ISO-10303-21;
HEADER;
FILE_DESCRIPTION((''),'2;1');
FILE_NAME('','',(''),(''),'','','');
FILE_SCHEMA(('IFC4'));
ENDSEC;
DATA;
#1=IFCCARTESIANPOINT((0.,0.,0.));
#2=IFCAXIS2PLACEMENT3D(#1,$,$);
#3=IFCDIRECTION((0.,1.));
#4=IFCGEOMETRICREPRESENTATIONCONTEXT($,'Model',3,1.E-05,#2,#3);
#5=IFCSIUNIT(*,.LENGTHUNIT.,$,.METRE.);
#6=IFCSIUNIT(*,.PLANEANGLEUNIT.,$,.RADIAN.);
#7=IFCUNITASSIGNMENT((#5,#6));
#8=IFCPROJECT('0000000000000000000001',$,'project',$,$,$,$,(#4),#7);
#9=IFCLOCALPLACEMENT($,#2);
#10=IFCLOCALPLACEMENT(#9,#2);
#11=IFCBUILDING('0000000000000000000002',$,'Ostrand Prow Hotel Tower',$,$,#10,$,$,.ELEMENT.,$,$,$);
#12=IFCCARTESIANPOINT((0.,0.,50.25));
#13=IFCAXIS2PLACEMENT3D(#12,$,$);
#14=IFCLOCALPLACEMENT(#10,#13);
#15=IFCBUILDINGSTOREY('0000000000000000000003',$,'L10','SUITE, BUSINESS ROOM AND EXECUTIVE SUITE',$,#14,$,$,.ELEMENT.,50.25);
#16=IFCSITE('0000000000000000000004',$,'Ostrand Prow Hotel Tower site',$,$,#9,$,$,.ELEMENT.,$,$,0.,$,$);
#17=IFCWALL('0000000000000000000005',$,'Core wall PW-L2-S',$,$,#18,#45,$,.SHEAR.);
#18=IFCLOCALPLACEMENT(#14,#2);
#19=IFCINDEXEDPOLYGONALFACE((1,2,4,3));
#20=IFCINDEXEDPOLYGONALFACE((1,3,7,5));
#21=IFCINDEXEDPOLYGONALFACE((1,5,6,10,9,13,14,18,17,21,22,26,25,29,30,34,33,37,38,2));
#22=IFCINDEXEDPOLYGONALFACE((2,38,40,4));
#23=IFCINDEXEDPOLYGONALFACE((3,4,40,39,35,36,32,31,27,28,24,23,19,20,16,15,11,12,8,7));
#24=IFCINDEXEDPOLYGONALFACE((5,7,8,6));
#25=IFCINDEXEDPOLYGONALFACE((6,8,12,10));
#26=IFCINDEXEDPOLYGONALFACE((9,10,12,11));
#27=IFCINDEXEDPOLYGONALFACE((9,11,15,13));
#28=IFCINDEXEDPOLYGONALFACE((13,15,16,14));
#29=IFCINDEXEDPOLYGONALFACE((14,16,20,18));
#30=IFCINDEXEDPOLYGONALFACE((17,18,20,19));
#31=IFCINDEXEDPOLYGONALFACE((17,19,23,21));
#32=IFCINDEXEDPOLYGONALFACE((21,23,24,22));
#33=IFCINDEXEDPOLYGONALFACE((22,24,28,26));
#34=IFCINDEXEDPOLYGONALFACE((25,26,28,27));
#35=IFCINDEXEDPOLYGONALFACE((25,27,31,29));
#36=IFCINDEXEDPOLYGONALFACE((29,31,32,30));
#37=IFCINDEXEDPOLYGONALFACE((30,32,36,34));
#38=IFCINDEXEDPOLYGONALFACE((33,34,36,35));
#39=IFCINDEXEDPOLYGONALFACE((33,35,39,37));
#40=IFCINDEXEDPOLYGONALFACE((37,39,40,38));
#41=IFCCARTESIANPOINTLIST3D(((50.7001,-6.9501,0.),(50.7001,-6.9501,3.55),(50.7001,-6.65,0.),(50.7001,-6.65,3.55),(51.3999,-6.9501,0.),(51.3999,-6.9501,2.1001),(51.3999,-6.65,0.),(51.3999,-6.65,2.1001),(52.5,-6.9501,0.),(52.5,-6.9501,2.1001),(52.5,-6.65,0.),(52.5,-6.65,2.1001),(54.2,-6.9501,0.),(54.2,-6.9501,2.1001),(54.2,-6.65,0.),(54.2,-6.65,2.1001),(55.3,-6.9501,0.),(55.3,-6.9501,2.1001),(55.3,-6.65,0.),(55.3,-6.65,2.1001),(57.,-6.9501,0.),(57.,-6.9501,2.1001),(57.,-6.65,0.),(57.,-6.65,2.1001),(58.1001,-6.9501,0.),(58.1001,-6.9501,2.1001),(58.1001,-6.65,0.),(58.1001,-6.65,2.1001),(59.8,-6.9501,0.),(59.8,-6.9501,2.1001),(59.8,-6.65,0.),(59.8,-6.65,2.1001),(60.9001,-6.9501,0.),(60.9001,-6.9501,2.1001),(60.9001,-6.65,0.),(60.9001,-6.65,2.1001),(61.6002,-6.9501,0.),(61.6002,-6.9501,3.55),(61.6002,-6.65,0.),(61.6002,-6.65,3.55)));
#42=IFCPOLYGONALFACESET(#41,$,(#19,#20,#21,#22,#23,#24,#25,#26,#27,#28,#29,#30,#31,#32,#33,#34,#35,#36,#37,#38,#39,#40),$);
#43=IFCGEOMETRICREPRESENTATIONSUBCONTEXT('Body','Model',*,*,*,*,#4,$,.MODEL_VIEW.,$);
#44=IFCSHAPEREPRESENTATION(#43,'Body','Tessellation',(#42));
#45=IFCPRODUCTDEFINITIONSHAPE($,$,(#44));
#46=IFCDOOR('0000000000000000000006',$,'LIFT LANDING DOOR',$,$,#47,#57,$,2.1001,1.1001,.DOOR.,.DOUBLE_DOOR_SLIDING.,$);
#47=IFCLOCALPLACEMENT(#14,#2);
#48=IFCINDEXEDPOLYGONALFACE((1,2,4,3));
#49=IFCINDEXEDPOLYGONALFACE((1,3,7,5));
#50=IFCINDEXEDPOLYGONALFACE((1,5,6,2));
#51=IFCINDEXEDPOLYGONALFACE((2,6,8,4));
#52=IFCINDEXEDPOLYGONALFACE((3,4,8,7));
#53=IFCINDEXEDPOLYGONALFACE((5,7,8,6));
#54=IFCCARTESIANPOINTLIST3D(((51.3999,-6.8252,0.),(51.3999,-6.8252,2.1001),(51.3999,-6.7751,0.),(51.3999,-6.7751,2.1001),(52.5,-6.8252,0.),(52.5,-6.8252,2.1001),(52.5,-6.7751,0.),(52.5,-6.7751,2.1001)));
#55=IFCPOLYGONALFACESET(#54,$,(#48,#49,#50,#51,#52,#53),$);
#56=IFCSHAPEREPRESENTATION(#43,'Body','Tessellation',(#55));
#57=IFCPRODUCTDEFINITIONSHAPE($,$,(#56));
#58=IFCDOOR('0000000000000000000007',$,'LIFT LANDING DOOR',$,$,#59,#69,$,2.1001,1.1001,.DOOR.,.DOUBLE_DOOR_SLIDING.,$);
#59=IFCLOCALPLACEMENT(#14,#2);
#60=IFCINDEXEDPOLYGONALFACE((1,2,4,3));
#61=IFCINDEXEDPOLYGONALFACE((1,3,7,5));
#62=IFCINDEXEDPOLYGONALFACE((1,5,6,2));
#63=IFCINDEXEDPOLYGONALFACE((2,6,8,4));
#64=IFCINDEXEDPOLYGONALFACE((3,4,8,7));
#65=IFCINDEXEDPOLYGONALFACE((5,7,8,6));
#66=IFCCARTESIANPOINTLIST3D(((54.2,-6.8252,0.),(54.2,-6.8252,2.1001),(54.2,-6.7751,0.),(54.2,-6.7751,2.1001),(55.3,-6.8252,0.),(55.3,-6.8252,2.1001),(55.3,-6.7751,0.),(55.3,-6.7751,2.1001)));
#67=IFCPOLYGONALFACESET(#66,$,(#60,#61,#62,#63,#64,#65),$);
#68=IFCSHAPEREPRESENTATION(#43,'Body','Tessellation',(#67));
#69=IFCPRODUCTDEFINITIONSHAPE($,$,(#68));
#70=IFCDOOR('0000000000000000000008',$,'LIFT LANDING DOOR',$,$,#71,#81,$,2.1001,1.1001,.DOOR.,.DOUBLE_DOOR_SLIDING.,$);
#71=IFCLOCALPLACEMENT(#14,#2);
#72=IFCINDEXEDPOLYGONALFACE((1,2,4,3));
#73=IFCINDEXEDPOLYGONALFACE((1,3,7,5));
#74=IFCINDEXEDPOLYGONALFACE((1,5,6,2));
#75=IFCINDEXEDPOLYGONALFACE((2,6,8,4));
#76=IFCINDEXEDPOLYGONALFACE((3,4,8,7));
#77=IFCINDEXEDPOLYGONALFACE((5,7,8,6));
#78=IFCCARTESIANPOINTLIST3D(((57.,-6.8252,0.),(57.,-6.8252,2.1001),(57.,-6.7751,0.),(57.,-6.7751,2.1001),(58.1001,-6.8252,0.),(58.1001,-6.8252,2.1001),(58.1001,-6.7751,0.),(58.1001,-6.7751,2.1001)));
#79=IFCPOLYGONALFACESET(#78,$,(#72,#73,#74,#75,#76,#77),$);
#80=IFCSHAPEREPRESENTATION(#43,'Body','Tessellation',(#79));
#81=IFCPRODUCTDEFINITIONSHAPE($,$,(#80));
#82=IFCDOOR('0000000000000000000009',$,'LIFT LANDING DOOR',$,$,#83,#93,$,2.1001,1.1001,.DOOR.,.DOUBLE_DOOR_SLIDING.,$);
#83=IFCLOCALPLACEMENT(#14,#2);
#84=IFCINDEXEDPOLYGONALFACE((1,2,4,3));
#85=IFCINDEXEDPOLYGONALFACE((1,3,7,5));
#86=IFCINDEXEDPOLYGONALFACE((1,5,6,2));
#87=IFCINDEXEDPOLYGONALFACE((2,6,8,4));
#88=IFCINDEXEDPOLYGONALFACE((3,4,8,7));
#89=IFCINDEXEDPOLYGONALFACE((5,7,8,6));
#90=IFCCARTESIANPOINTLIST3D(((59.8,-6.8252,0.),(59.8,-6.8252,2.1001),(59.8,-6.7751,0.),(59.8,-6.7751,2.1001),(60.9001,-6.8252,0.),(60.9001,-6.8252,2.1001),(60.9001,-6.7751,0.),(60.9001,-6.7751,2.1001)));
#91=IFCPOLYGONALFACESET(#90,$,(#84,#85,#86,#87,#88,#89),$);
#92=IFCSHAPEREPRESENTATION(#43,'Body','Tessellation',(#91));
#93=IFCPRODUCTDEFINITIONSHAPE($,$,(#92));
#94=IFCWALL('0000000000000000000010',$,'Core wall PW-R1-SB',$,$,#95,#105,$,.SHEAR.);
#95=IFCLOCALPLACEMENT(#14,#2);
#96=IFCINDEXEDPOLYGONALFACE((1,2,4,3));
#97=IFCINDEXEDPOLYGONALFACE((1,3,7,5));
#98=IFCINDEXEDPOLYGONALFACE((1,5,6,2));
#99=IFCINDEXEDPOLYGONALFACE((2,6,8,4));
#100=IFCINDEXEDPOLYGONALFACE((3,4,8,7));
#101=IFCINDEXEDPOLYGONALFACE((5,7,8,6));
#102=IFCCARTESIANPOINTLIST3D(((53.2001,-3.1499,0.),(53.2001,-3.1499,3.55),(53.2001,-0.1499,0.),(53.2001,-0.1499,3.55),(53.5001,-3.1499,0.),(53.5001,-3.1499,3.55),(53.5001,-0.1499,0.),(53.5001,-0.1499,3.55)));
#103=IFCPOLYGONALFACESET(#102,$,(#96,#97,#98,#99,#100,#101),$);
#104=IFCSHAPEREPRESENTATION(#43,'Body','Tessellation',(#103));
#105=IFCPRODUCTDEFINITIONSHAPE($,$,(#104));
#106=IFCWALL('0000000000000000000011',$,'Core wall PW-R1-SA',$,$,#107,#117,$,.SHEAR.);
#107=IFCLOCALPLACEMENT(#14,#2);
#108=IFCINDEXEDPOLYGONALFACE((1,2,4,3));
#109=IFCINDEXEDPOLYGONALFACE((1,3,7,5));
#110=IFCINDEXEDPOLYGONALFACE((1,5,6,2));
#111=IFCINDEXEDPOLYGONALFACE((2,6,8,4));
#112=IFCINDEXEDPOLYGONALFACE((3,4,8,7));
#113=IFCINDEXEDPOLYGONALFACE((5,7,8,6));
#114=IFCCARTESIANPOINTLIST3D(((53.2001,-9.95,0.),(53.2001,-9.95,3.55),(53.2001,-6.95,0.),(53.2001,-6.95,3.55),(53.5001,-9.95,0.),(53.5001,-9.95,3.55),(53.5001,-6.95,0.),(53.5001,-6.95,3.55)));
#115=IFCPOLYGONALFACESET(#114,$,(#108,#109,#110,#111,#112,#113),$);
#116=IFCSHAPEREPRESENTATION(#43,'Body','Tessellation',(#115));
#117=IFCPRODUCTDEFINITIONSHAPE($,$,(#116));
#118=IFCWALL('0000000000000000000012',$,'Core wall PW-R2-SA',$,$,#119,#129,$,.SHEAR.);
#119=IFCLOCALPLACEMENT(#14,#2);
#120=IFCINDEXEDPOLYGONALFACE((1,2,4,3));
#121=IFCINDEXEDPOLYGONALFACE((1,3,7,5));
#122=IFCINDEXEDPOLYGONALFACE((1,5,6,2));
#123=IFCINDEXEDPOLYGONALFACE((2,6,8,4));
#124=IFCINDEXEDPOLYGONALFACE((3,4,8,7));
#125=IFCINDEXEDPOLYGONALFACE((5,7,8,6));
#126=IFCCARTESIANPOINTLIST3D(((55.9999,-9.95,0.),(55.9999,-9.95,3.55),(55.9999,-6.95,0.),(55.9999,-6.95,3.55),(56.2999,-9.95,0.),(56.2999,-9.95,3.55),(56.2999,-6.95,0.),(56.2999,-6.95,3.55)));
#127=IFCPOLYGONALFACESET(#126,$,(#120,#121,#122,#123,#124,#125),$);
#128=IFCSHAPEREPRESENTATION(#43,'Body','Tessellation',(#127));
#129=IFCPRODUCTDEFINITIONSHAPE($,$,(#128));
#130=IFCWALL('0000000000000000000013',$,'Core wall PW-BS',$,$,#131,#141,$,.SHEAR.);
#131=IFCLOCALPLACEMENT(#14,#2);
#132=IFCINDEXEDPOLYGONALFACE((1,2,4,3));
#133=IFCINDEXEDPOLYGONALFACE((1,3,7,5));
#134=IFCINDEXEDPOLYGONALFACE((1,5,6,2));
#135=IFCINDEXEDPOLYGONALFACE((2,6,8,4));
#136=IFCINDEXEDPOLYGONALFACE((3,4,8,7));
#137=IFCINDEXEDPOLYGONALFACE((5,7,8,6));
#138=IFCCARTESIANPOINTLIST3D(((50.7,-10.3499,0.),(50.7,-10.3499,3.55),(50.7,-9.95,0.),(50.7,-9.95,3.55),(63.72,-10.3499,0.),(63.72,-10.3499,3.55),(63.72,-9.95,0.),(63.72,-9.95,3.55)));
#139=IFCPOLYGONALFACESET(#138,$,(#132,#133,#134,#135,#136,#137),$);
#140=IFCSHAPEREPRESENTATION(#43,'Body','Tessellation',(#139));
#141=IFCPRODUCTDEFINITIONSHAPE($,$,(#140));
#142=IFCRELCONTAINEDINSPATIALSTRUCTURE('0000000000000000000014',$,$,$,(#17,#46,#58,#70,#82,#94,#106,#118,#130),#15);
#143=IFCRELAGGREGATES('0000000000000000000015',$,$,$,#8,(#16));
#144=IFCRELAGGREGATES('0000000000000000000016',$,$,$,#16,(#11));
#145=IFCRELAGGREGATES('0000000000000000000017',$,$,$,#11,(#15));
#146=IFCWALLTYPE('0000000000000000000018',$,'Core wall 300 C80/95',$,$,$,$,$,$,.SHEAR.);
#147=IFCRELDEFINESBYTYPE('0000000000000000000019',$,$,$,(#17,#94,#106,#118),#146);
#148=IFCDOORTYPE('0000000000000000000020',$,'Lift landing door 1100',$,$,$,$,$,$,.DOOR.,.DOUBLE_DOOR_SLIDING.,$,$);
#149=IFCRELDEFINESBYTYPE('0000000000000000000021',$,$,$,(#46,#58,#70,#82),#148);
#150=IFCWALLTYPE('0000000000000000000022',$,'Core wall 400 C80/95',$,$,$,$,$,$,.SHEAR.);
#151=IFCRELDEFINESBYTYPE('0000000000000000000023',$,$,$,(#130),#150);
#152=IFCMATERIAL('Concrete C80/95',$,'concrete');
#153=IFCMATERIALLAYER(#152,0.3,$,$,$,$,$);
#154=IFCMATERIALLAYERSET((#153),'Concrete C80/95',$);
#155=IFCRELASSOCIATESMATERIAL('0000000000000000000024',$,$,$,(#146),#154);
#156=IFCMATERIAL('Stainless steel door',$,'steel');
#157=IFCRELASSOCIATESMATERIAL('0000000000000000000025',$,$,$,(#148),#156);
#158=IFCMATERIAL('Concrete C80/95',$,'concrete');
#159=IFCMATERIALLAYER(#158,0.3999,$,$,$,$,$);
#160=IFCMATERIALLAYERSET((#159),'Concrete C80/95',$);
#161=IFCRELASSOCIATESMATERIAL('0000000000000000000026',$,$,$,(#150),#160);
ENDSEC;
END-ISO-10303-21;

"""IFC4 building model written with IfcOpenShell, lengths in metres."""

from ifc_helpers import new_model, si_unit, direction, frame, frame_2d, origin, place, context, subcontext, project, spatial, rectangle, extrude, material, layer, layer_set, type_object, element, fill, save


model = new_model("IFC4")

# Units and contexts
model_context = context("Model", 3, precision=1e-05, world=origin(), true_north=direction((0.0, 1.0)))
body_context = subcontext(model_context, "Body", "Model", "MODEL_VIEW")
ifc_project = project(units=[si_unit("LENGTHUNIT", "METRE"), si_unit("PLANEANGLEUNIT", "RADIAN")], contexts=[model_context])

# Site, building, storey
site_placement = place(None, origin())
site = spatial("IfcSite", under=ifc_project, at=site_placement, Name="Ostrand Prow Hotel Tower site", CompositionType="ELEMENT", RefElevation=0.0)
building_placement = place(site_placement, origin())
building = spatial("IfcBuilding", under=site, at=building_placement, Name="Ostrand Prow Hotel Tower", CompositionType="ELEMENT")
storey_placement = place(building_placement, frame((0.0, 0.0, 50.25)))
storey = spatial("IfcBuildingStorey", under=building, at=storey_placement, Name="L10", Description="SUITE, BUSINESS ROOM AND EXECUTIVE SUITE", CompositionType="ELEMENT", Elevation=50.25)

# Shared definitions
ifc_material_1 = material(Name="Concrete C80/95", Category="concrete")
ifc_layer_1 = layer(ifc_material_1, 0.3)
ifc_layer_set_1 = layer_set([ifc_layer_1], Name="Concrete C80/95")
wall_type_1 = type_object("IfcWallType", Name="Core wall 300 C80/95", PredefinedType="SHEAR", material=ifc_layer_set_1)

# Wall, openings, doors
wall_1_placement = place(storey_placement, frame((50.7, -6.8, 0.0), z_axis=(0.0, 0.0, 1.0), x_axis=(1.0, 0.0, 0.0)))
wall_1 = element("IfcWall", 1, at=wall_1_placement, inside=storey, type_object=wall_type_1, Name="Core wall PW-L2-S", PredefinedType="SHEAR", context=body_context, shape_type="SweptSolid", body=[
    extrude(rectangle(XDim=10.9001, YDim=0.3, at=frame_2d((5.4502, 0.0))), origin(), (0.0, 0.0, 1.0), 3.55),
])
opening_1_placement = place(wall_1_placement, frame((0.7, 0.0, 0.0)))
opening_1 = element("IfcOpeningElement", 2, at=opening_1_placement, cuts=wall_1, PredefinedType="OPENING", context=body_context, shape_type="SweptSolid", body=[
    extrude(rectangle(XDim=1.1001, YDim=2.1001, at=frame_2d((0.55, 1.05))), frame((0.0, 0.1599, 0.0), z_axis=(0.0, -1.0, 0.0), x_axis=(1.0, 0.0, 0.0)), (0.0, 0.0, 1.0), 0.3201),
])
opening_2_placement = place(wall_1_placement, frame((3.5, 0.0, 0.0)))
opening_2 = element("IfcOpeningElement", 3, at=opening_2_placement, cuts=wall_1, PredefinedType="OPENING", context=body_context, shape_type="SweptSolid", body=[
    extrude(rectangle(XDim=1.1001, YDim=2.1001, at=frame_2d((0.55, 1.05))), frame((0.0, 0.1599, 0.0), z_axis=(0.0, -1.0, 0.0), x_axis=(1.0, 0.0, 0.0)), (0.0, 0.0, 1.0), 0.3201),
])
opening_3_placement = place(wall_1_placement, frame((6.3, 0.0, 0.0)))
opening_3 = element("IfcOpeningElement", 4, at=opening_3_placement, cuts=wall_1, PredefinedType="OPENING", context=body_context, shape_type="SweptSolid", body=[
    extrude(rectangle(XDim=1.1001, YDim=2.1001, at=frame_2d((0.55, 1.05))), frame((0.0, 0.1599, 0.0), z_axis=(0.0, -1.0, 0.0), x_axis=(1.0, 0.0, 0.0)), (0.0, 0.0, 1.0), 0.3201),
])
opening_4_placement = place(wall_1_placement, frame((9.1001, 0.0, 0.0)))
opening_4 = element("IfcOpeningElement", 5, at=opening_4_placement, cuts=wall_1, PredefinedType="OPENING", context=body_context, shape_type="SweptSolid", body=[
    extrude(rectangle(XDim=1.1001, YDim=2.1001, at=frame_2d((0.55, 1.05))), frame((0.0, 0.1599, 0.0), z_axis=(0.0, -1.0, 0.0), x_axis=(1.0, 0.0, 0.0)), (0.0, 0.0, 1.0), 0.3201),
])
ifc_material_2 = material(Name="Stainless steel door", Category="steel")
door_type_1 = type_object("IfcDoorType", Name="Lift landing door 1100", OperationType="DOUBLE_DOOR_SLIDING", PredefinedType="DOOR", material=ifc_material_2)
door_1_placement = place(opening_1_placement, origin())
door_1 = element("IfcDoor", 6, at=door_1_placement, inside=storey, type_object=door_type_1, Name="LIFT LANDING DOOR", OperationType="DOUBLE_DOOR_SLIDING", OverallHeight=2.1001, OverallWidth=1.1001, PredefinedType="DOOR", context=body_context, shape_type="SweptSolid", body=[
    extrude(rectangle(XDim=1.1001, YDim=2.1001, at=frame_2d((0.55, 1.05))), frame((0.0, 0.0249, 0.0), z_axis=(0.0, -1.0, 0.0), x_axis=(1.0, 0.0, 0.0)), (0.0, 0.0, 1.0), 0.05),
])
fill(opening_1, door_1)
door_2_placement = place(opening_2_placement, origin())
door_2 = element("IfcDoor", 7, at=door_2_placement, inside=storey, type_object=door_type_1, Name="LIFT LANDING DOOR", OperationType="DOUBLE_DOOR_SLIDING", OverallHeight=2.1001, OverallWidth=1.1001, PredefinedType="DOOR", context=body_context, shape_type="SweptSolid", body=[
    extrude(rectangle(XDim=1.1001, YDim=2.1001, at=frame_2d((0.55, 1.05))), frame((0.0, 0.0249, 0.0), z_axis=(0.0, -1.0, 0.0), x_axis=(1.0, 0.0, 0.0)), (0.0, 0.0, 1.0), 0.05),
])
fill(opening_2, door_2)
door_3_placement = place(opening_3_placement, origin())
door_3 = element("IfcDoor", 8, at=door_3_placement, inside=storey, type_object=door_type_1, Name="LIFT LANDING DOOR", OperationType="DOUBLE_DOOR_SLIDING", OverallHeight=2.1001, OverallWidth=1.1001, PredefinedType="DOOR", context=body_context, shape_type="SweptSolid", body=[
    extrude(rectangle(XDim=1.1001, YDim=2.1001, at=frame_2d((0.55, 1.05))), frame((0.0, 0.0249, 0.0), z_axis=(0.0, -1.0, 0.0), x_axis=(1.0, 0.0, 0.0)), (0.0, 0.0, 1.0), 0.05),
])
fill(opening_3, door_3)
door_4_placement = place(opening_4_placement, origin())
door_4 = element("IfcDoor", 9, at=door_4_placement, inside=storey, type_object=door_type_1, Name="LIFT LANDING DOOR", OperationType="DOUBLE_DOOR_SLIDING", OverallHeight=2.1001, OverallWidth=1.1001, PredefinedType="DOOR", context=body_context, shape_type="SweptSolid", body=[
    extrude(rectangle(XDim=1.1001, YDim=2.1001, at=frame_2d((0.55, 1.05))), frame((0.0, 0.0249, 0.0), z_axis=(0.0, -1.0, 0.0), x_axis=(1.0, 0.0, 0.0)), (0.0, 0.0, 1.0), 0.05),
])
fill(opening_4, door_4)

# Walls
for number, where, z_axis, x_axis, name in (
    (10, (53.3501, -3.1499, 0.0), (0.0, 0.0, 1.0), (0.0, 1.0, 0.0), "Core wall PW-R1-SB"),
    (11, (53.3501, -9.95, 0.0), (0.0, 0.0, 1.0), (0.0, 1.0, 0.0), "Core wall PW-R1-SA"),
    (12, (56.1499, -9.95, 0.0), (0.0, 0.0, 1.0), (0.0, 1.0, 0.0), "Core wall PW-R2-SA"),
):
    element("IfcWall", number, at=place(storey_placement, frame(where, z_axis=z_axis, x_axis=x_axis)), inside=storey, type_object=wall_type_1, Name=name, PredefinedType="SHEAR", context=body_context, shape_type="SweptSolid", body=[
        extrude(rectangle(XDim=3.0, YDim=0.3, at=frame_2d((1.5, 0.0))), origin(), (0.0, 0.0, 1.0), 3.55),
    ])
ifc_material_3 = material(Name="Concrete C80/95", Category="concrete")
ifc_layer_2 = layer(ifc_material_3, 0.3999)
ifc_layer_set_2 = layer_set([ifc_layer_2], Name="Concrete C80/95")
wall_type_2 = type_object("IfcWallType", Name="Core wall 400 C80/95", PredefinedType="SHEAR", material=ifc_layer_set_2)
wall_2_placement = place(storey_placement, frame((50.7, -10.1499, 0.0), z_axis=(0.0, 0.0, 1.0), x_axis=(1.0, 0.0, 0.0)))
element("IfcWall", 13, at=wall_2_placement, inside=storey, type_object=wall_type_2, Name="Core wall PW-BS", PredefinedType="SHEAR", context=body_context, shape_type="SweptSolid", body=[
    extrude(rectangle(XDim=13.02, YDim=0.3999, at=frame_2d((6.51, 0.0))), origin(), (0.0, 0.0, 1.0), 3.55),
])

save(model, "model.ifc")
